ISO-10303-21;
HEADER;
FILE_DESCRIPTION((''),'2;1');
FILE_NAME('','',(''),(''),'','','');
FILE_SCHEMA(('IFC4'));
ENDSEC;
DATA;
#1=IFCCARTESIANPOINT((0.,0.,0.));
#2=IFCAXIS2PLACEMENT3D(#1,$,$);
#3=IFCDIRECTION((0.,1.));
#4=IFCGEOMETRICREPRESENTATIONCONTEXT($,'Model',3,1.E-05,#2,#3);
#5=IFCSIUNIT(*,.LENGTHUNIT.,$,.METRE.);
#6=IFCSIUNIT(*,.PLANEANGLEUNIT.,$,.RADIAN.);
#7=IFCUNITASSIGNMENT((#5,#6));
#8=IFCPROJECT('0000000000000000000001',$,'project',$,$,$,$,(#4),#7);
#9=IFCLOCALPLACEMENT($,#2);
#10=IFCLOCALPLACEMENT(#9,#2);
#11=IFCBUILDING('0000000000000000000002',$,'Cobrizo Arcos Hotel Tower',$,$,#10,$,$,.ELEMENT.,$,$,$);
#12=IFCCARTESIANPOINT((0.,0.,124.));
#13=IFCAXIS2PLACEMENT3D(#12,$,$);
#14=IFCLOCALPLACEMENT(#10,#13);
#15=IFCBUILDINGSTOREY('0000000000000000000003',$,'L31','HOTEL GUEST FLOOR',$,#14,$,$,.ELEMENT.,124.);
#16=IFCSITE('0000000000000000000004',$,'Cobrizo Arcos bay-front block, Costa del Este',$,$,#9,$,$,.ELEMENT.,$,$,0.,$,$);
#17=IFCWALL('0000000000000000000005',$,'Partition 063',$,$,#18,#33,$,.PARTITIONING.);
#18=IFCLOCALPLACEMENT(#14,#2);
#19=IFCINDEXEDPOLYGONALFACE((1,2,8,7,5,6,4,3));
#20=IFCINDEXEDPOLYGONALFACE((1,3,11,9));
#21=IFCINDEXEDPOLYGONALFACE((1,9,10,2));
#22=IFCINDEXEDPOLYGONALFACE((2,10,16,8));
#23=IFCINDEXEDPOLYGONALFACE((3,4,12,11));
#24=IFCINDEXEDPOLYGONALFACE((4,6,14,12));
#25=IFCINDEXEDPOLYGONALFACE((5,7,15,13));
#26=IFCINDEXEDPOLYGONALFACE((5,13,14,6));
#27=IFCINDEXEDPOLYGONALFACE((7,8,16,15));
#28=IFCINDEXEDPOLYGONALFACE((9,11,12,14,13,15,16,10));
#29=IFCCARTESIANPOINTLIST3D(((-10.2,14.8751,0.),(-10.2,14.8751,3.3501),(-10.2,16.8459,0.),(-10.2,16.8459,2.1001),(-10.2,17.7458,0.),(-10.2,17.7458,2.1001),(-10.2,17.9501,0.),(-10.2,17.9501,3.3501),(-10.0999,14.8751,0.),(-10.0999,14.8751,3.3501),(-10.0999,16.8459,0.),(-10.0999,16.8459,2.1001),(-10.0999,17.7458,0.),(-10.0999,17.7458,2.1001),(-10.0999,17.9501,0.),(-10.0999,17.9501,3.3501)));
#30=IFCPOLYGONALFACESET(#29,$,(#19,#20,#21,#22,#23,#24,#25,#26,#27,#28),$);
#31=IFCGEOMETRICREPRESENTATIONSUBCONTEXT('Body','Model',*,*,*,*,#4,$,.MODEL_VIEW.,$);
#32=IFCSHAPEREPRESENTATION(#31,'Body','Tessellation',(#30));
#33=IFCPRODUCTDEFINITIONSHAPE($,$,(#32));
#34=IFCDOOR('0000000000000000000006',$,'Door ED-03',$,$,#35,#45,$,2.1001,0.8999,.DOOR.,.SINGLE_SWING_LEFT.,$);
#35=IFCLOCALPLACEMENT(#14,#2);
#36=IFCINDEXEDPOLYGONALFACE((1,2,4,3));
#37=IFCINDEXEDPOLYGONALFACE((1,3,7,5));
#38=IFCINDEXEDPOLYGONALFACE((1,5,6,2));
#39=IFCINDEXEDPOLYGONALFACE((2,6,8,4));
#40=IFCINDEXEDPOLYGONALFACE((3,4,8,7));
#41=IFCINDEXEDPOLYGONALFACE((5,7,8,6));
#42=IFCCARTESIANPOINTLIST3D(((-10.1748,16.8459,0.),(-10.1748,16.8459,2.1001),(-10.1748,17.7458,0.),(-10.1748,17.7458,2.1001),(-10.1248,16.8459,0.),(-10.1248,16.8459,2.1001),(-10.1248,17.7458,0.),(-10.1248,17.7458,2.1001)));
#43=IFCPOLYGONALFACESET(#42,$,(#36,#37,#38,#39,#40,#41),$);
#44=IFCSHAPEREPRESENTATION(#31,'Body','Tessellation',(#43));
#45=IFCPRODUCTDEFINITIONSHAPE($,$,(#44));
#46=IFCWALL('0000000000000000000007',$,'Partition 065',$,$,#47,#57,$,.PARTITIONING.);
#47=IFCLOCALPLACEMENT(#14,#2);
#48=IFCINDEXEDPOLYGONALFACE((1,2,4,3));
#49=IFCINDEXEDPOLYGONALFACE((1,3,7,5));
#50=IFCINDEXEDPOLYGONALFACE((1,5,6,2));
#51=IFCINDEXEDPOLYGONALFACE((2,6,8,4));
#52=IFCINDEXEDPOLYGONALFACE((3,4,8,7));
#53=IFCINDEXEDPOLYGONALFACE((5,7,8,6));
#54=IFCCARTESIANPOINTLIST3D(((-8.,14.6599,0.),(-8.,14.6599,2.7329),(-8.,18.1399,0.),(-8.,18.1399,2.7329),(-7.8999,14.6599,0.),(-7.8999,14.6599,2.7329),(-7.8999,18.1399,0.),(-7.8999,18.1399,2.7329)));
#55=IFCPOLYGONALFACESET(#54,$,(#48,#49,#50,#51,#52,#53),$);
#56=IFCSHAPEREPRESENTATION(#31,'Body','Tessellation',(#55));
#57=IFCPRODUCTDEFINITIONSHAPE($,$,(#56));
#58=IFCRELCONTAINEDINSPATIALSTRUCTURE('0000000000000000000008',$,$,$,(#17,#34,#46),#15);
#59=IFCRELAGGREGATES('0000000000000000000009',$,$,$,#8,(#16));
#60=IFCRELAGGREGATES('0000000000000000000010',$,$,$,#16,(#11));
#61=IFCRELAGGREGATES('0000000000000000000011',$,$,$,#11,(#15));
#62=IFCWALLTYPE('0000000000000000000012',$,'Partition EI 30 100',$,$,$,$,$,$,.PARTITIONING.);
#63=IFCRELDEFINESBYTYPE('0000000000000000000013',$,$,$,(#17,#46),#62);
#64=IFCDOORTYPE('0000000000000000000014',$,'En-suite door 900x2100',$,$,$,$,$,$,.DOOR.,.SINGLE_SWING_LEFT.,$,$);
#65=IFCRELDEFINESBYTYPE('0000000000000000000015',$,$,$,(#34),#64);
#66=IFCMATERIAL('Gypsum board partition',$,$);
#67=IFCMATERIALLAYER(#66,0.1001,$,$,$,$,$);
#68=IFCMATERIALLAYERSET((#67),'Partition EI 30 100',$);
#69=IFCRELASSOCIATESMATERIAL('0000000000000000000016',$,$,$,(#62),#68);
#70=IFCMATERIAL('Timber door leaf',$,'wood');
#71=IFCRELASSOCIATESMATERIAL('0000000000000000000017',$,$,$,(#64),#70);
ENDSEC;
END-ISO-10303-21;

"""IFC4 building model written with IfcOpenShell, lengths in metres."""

from ifc_helpers import new_model, si_unit, direction, frame, frame_2d, origin, place, context, subcontext, project, spatial, rectangle, extrude, material, layer, layer_set, type_object, element, fill, save


model = new_model("IFC4")

# Units and contexts
model_context = context("Model", 3, precision=1e-05, world=origin(), true_north=direction((0.0, 1.0)))
body_context = subcontext(model_context, "Body", "Model", "MODEL_VIEW")
ifc_project = project(units=[si_unit("LENGTHUNIT", "METRE"), si_unit("PLANEANGLEUNIT", "RADIAN")], contexts=[model_context])

# Site, building, storey
site_placement = place(None, origin())
site = spatial("IfcSite", under=ifc_project, at=site_placement, Name="Cobrizo Arcos bay-front block, Costa del Este", CompositionType="ELEMENT", RefElevation=0.0)
building_placement = place(site_placement, origin())
building = spatial("IfcBuilding", under=site, at=building_placement, Name="Cobrizo Arcos Hotel Tower", CompositionType="ELEMENT")
storey_placement = place(building_placement, frame((0.0, 0.0, 124.0)))
storey = spatial("IfcBuildingStorey", under=building, at=storey_placement, Name="L31", Description="HOTEL GUEST FLOOR", CompositionType="ELEMENT", Elevation=124.0)

# Shared definitions
ifc_material_1 = material(Name="Gypsum board partition")
ifc_layer_1 = layer(ifc_material_1, 0.1001)
ifc_layer_set_1 = layer_set([ifc_layer_1], Name="Partition EI 30 100")
wall_type = type_object("IfcWallType", Name="Partition EI 30 100", PredefinedType="PARTITIONING", material=ifc_layer_set_1)

# Wall, opening, door
wall_1_placement = place(storey_placement, frame((-10.1499, 14.875, 0.0), z_axis=(0.0, 0.0, 1.0), x_axis=(0.0, 1.0, 0.0)))
wall_1 = element("IfcWall", 1, at=wall_1_placement, inside=storey, type_object=wall_type, Name="Partition 063", PredefinedType="PARTITIONING", context=body_context, shape_type="SweptSolid", body=[
    extrude(rectangle(XDim=3.075, YDim=0.1001, at=frame_2d((1.5376, 0.0))), origin(), (0.0, 0.0, 1.0), 3.3501),
])
opening_placement = place(wall_1_placement, frame((1.9709, 0.0, 0.0)))
opening = element("IfcOpeningElement", 2, at=opening_placement, cuts=wall_1, PredefinedType="OPENING", context=body_context, shape_type="SweptSolid", body=[
    extrude(rectangle(XDim=0.8999, YDim=2.1001, at=frame_2d((0.45, 1.05))), frame((0.0, 0.062, 0.0), z_axis=(0.0, -1.0, 0.0), x_axis=(1.0, 0.0, 0.0)), (0.0, 0.0, 1.0), 0.124),
])
ifc_material_2 = material(Name="Timber door leaf", Category="wood")
door_type = type_object("IfcDoorType", Name="En-suite door 900x2100", OperationType="SINGLE_SWING_LEFT", PredefinedType="DOOR", material=ifc_material_2)
door_placement = place(opening_placement, origin())
door = element("IfcDoor", 3, at=door_placement, inside=storey, type_object=door_type, Name="Door ED-03", OperationType="SINGLE_SWING_LEFT", OverallHeight=2.1001, OverallWidth=0.8999, PredefinedType="DOOR", context=body_context, shape_type="SweptSolid", body=[
    extrude(rectangle(XDim=0.8999, YDim=2.1001, at=frame_2d((0.45, 1.05))), frame((0.0, 0.0249, 0.0), z_axis=(0.0, -1.0, 0.0), x_axis=(1.0, 0.0, 0.0)), (0.0, 0.0, 1.0), 0.05),
])
fill(opening, door)

# Wall
wall_2_placement = place(storey_placement, frame((-7.95, 14.6599, 0.0), z_axis=(0.0, 0.0, 1.0), x_axis=(0.0, 1.0, 0.0)))
element("IfcWall", 4, at=wall_2_placement, inside=storey, type_object=wall_type, Name="Partition 065", PredefinedType="PARTITIONING", context=body_context, shape_type="SweptSolid", body=[
    extrude(rectangle(XDim=3.48, YDim=0.1001, at=frame_2d((1.74, 0.0))), origin(), (0.0, 0.0, 1.0), 2.7329),
])

save(model, "model.ifc")
